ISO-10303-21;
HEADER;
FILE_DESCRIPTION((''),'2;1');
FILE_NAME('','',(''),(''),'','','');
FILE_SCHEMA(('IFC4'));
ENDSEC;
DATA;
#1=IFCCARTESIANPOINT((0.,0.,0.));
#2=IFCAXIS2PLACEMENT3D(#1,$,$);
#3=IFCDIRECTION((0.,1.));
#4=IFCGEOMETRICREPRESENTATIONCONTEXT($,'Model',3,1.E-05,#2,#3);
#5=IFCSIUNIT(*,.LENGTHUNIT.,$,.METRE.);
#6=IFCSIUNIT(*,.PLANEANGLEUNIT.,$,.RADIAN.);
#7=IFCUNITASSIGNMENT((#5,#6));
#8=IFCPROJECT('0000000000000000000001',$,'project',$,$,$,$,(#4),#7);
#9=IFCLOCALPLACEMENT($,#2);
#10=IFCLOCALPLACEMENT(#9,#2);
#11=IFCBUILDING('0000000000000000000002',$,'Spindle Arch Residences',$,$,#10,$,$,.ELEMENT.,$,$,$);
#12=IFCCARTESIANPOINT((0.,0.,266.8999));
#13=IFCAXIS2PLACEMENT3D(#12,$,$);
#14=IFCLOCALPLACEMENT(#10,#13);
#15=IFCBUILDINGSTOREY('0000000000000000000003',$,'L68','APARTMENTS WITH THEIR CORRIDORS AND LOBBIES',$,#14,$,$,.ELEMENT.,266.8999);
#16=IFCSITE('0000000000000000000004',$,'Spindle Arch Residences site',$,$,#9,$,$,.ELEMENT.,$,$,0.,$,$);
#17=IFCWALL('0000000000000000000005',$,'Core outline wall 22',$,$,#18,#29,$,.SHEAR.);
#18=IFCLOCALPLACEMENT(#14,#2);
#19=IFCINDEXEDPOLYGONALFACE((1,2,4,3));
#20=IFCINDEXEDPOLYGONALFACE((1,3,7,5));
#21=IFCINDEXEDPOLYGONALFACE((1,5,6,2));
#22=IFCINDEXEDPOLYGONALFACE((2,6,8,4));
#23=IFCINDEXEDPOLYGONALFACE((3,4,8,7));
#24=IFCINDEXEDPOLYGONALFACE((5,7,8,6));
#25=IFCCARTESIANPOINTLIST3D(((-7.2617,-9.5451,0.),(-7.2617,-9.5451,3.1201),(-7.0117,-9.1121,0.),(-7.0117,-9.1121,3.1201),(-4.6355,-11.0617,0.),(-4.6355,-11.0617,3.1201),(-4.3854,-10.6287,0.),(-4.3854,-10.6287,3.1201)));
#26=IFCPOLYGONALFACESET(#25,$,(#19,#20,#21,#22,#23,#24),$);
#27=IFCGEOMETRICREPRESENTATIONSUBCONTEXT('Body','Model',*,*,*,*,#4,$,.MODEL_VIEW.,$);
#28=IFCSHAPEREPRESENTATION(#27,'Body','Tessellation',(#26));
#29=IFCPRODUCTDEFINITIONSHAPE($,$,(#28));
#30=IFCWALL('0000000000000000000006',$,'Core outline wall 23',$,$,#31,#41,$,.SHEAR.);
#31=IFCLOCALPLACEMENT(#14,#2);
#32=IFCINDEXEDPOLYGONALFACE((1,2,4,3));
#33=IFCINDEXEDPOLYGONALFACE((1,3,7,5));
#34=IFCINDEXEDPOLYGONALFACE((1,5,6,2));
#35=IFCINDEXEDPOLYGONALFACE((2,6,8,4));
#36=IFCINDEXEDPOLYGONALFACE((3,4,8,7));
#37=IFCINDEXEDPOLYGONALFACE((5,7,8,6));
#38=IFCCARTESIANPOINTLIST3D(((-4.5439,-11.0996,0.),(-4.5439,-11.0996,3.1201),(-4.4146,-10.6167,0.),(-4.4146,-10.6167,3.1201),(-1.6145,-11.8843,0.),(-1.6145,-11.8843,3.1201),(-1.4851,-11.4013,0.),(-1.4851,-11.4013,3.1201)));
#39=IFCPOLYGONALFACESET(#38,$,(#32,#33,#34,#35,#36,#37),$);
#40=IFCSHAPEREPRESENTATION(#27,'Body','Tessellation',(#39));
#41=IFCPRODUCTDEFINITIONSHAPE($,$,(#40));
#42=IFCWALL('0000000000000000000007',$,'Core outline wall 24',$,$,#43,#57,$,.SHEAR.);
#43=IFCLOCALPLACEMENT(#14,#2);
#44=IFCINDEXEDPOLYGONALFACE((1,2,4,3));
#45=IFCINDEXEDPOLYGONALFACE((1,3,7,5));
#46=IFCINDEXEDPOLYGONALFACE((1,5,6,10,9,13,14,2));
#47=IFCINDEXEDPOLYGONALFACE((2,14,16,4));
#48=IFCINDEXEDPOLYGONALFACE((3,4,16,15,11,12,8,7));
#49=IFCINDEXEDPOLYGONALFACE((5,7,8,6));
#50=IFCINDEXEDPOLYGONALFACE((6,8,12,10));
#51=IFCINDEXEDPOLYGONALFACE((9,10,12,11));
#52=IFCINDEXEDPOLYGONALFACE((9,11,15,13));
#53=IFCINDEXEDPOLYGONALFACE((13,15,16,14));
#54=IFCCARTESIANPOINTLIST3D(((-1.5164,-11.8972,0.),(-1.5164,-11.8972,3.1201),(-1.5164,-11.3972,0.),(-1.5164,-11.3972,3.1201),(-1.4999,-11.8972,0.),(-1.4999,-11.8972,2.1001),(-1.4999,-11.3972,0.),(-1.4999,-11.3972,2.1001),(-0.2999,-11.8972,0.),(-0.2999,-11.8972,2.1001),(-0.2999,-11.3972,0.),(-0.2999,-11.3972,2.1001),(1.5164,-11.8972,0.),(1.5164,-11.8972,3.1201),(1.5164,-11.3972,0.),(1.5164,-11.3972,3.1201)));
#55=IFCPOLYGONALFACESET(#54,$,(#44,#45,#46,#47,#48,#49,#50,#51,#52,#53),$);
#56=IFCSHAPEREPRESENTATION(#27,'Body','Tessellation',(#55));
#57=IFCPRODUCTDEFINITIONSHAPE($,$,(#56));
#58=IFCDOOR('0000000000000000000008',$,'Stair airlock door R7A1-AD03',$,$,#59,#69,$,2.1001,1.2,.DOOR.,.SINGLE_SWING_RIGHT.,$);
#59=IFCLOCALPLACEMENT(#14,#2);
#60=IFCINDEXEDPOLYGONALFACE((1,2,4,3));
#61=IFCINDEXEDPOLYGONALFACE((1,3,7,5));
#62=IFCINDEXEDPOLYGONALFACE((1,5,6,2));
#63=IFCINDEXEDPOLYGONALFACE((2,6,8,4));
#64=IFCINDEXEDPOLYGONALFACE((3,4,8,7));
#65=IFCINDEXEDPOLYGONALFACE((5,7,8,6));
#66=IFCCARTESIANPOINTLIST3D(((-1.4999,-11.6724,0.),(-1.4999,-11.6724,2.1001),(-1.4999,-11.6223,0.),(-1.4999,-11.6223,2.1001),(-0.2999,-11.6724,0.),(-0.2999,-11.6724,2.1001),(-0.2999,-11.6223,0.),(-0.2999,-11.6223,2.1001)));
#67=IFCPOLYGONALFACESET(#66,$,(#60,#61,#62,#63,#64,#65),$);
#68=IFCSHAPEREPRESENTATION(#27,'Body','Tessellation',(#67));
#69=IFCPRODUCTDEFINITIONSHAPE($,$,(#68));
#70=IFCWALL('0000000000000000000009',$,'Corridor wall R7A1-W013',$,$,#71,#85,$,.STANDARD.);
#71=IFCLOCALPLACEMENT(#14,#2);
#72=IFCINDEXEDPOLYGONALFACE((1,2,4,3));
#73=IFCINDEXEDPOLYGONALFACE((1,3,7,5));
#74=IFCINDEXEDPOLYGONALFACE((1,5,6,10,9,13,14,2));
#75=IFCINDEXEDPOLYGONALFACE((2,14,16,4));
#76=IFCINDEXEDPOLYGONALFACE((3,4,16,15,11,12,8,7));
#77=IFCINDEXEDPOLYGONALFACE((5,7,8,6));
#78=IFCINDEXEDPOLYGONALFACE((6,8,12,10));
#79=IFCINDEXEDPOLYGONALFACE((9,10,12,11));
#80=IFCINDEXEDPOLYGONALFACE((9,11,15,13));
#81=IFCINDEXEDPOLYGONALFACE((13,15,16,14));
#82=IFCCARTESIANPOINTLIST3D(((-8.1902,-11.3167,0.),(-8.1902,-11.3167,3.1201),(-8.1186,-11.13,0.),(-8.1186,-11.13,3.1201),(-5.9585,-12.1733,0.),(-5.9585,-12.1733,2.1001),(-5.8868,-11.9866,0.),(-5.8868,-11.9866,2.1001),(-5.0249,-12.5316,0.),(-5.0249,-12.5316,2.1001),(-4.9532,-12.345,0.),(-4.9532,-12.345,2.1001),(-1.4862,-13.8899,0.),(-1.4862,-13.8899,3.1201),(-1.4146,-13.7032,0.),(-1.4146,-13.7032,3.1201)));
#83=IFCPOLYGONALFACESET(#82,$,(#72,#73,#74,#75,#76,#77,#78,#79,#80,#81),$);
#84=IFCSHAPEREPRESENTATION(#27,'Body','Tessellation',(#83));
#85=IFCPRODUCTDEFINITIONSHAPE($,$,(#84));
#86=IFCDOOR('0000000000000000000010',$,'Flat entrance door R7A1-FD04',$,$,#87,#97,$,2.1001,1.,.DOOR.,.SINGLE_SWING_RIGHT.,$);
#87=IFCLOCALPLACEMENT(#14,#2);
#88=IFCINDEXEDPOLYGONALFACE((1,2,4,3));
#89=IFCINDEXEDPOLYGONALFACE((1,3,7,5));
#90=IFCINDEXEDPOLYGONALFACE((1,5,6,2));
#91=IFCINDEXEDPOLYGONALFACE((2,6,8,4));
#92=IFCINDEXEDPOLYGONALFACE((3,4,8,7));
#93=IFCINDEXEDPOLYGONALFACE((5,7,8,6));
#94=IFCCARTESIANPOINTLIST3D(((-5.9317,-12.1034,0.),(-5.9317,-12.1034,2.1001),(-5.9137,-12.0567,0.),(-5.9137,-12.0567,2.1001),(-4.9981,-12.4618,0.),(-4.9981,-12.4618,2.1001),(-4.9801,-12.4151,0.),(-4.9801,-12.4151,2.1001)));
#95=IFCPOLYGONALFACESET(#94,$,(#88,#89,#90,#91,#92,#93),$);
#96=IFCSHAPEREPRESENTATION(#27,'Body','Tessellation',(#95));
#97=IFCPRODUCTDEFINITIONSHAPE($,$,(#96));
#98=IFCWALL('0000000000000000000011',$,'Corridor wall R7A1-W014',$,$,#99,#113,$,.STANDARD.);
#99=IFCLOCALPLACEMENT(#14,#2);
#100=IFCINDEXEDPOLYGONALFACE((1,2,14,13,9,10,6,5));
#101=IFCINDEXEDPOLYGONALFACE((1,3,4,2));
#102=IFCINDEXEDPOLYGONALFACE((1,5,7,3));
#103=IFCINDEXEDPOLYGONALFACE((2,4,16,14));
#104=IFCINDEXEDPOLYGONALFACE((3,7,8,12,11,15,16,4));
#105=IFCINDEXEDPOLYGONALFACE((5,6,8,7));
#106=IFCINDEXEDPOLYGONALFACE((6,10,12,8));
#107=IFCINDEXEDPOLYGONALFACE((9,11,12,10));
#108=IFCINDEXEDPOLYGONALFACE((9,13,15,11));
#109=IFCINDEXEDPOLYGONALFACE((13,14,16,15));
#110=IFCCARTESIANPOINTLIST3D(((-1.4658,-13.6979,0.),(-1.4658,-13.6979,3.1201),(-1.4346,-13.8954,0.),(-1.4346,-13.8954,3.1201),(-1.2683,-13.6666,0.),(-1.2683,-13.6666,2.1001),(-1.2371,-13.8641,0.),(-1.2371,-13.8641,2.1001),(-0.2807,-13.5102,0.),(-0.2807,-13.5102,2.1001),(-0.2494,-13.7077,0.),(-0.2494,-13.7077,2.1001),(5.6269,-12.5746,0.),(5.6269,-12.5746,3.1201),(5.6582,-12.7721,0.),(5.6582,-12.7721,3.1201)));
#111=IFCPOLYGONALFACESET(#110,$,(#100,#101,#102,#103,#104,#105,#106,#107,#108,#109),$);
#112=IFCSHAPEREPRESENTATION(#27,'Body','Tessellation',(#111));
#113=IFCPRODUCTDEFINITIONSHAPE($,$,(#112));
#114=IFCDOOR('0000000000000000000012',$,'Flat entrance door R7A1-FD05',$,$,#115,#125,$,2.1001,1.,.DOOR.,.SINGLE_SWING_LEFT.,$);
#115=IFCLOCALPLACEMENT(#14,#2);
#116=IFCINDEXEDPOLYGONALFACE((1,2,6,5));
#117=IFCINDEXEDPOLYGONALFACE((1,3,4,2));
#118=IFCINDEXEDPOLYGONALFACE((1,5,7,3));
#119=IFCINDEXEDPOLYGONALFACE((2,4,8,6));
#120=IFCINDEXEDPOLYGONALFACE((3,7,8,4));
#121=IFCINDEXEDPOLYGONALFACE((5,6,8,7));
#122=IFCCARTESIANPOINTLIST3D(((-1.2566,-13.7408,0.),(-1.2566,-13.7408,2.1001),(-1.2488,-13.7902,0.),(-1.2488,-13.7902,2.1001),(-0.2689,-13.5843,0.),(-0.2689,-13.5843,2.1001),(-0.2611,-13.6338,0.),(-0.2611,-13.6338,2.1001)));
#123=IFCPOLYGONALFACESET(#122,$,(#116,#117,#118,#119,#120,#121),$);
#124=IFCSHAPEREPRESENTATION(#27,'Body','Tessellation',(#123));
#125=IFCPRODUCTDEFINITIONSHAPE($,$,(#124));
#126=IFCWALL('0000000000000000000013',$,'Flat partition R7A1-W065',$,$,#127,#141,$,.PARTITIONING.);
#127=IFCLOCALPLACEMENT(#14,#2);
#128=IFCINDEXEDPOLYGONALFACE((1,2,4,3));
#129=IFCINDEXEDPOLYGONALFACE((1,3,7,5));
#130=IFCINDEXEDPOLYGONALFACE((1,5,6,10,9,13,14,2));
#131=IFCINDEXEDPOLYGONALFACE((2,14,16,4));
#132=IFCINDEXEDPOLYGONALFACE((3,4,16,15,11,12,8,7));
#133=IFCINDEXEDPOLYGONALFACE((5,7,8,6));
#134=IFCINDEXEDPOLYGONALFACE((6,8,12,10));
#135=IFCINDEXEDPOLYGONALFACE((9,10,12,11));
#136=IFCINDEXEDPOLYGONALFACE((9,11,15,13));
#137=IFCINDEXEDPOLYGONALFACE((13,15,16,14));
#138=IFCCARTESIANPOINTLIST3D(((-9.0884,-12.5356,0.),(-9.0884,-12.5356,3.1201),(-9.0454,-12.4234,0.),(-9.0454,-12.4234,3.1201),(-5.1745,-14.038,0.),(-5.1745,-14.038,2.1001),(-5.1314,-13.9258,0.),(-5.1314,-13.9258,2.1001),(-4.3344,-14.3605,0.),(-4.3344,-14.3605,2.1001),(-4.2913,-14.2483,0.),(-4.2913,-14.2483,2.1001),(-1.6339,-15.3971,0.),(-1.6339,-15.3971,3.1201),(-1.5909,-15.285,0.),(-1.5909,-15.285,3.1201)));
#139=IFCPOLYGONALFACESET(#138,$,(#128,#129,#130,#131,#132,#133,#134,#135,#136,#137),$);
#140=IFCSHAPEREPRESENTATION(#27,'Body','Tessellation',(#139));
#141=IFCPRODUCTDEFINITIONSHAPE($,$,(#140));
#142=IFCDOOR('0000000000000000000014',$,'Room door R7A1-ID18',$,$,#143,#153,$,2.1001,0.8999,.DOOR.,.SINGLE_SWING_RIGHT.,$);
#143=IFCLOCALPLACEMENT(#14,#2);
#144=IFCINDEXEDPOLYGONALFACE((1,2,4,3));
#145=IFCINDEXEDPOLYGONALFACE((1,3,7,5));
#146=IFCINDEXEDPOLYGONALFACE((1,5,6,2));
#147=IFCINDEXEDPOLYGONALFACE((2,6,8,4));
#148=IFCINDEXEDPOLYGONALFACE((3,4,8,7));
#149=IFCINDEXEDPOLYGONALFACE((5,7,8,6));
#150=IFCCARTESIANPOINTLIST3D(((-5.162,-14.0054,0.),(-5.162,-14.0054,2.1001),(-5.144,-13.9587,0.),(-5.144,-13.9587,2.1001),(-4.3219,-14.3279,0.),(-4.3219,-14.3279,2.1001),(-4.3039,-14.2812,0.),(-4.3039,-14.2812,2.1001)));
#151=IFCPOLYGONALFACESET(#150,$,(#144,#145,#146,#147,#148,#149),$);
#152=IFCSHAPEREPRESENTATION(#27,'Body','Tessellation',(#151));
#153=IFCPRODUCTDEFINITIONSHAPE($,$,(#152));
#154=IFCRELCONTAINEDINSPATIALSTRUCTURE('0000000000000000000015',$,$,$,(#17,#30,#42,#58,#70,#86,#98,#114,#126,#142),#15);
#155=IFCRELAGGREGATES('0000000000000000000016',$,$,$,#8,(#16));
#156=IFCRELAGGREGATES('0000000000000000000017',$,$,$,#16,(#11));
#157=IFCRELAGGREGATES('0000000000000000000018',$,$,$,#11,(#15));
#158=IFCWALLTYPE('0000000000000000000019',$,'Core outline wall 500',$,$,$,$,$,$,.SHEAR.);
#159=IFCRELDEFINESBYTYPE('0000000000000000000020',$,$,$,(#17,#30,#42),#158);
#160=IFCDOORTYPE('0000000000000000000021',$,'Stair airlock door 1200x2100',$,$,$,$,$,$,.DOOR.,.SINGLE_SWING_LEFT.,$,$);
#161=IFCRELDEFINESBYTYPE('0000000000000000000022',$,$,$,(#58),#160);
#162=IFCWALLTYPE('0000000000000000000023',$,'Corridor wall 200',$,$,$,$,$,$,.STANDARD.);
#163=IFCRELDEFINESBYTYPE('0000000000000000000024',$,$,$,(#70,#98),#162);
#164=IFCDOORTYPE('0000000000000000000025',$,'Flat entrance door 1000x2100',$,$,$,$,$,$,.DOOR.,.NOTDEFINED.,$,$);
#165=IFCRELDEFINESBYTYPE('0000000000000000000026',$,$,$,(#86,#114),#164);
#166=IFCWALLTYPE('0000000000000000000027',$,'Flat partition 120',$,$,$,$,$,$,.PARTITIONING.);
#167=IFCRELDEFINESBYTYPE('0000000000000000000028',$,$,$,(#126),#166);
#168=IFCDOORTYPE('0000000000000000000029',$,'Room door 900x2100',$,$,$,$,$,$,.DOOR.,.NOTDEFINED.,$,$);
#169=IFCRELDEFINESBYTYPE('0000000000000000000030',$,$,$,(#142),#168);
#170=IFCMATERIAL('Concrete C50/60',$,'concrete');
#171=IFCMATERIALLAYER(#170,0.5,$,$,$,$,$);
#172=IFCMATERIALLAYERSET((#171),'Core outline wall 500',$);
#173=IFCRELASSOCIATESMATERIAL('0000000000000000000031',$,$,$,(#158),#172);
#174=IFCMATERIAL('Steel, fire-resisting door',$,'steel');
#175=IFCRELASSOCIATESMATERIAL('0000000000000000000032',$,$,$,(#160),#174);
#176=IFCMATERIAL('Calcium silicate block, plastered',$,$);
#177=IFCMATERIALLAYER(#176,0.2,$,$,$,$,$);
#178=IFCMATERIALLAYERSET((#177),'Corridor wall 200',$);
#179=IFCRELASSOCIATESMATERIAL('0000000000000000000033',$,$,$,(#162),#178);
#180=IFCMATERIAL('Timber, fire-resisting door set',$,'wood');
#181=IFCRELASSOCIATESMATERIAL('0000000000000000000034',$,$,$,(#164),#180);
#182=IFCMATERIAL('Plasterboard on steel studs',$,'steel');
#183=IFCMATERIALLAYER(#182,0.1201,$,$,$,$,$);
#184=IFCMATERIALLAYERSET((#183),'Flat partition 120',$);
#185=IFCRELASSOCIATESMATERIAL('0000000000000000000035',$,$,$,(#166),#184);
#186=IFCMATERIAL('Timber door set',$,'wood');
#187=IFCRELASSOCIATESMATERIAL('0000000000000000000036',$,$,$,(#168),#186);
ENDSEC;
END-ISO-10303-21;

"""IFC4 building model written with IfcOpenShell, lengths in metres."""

from ifc_helpers import new_model, si_unit, direction, frame, frame_2d, origin, place, context, subcontext, project, spatial, rectangle, extrude, material, layer, layer_set, type_object, element, fill, save


model = new_model("IFC4")

# Units and contexts
model_context = context("Model", 3, precision=1e-05, world=origin(), true_north=direction((0.0, 1.0)))
body_context = subcontext(model_context, "Body", "Model", "MODEL_VIEW")
ifc_project = project(units=[si_unit("LENGTHUNIT", "METRE"), si_unit("PLANEANGLEUNIT", "RADIAN")], contexts=[model_context])

# Site, building, storey
site_placement = place(None, origin())
site = spatial("IfcSite", under=ifc_project, at=site_placement, Name="Spindle Arch Residences site", CompositionType="ELEMENT", RefElevation=0.0)
building_placement = place(site_placement, origin())
building = spatial("IfcBuilding", under=site, at=building_placement, Name="Spindle Arch Residences", CompositionType="ELEMENT")
storey_placement = place(building_placement, frame((0.0, 0.0, 266.8999)))
storey = spatial("IfcBuildingStorey", under=building, at=storey_placement, Name="L68", Description="APARTMENTS WITH THEIR CORRIDORS AND LOBBIES", CompositionType="ELEMENT", Elevation=266.8999)

# Walls
ifc_material_1 = material(Name="Concrete C50/60", Category="concrete")
ifc_layer_1 = layer(ifc_material_1, 0.5)
ifc_layer_set_1 = layer_set([ifc_layer_1], Name="Core outline wall 500")
wall_type_1 = type_object("IfcWallType", Name="Core outline wall 500", PredefinedType="SHEAR", material=ifc_layer_set_1)
for number, where, z_axis, x_axis, name in (
    (1, (-7.1367, -9.3286, 0.0), (0.0, 0.0, 1.0), (0.865975, -0.500087, 0.0), "Core outline wall 22"),
    (2, (-4.4792, -10.8582, 0.0), (0.0, 0.0, 1.0), (0.965948, -0.258735, 0.0), "Core outline wall 23"),
):
    element("IfcWall", number, at=place(storey_placement, frame(where, z_axis=z_axis, x_axis=x_axis)), inside=storey, type_object=wall_type_1, Name=name, PredefinedType="SHEAR", context=body_context, shape_type="SweptSolid", body=[
        extrude(rectangle(XDim=3.0327, YDim=0.5, at=frame_2d((1.5164, 0.0))), origin(), (0.0, 0.0, 1.0), 3.1201),
    ])

# Walls, openings, doors
wall_1_placement = place(storey_placement, frame((-1.5164, -11.6472, 0.0), z_axis=(0.0, 0.0, 1.0), x_axis=(1.0, 0.0, 0.0)))
wall_1 = element("IfcWall", 3, at=wall_1_placement, inside=storey, type_object=wall_type_1, Name="Core outline wall 24", PredefinedType="SHEAR", context=body_context, shape_type="SweptSolid", body=[
    extrude(rectangle(XDim=3.0327, YDim=0.5, at=frame_2d((1.5164, 0.0))), origin(), (0.0, 0.0, 1.0), 3.1201),
])
opening_1_placement = place(wall_1_placement, frame((0.0164, 0.0, 0.0)))
opening_1 = element("IfcOpeningElement", 4, at=opening_1_placement, cuts=wall_1, PredefinedType="OPENING", context=body_context, shape_type="SweptSolid", body=[
    extrude(rectangle(XDim=1.2, YDim=2.1001, at=frame_2d((0.6001, 1.05))), frame((0.0, 0.26, 0.0), z_axis=(0.0, -1.0, 0.0), x_axis=(1.0, 0.0, 0.0)), (0.0, 0.0, 1.0), 0.52),
])
ifc_material_2 = material(Name="Steel, fire-resisting door", Category="steel")
door_type_1 = type_object("IfcDoorType", Name="Stair airlock door 1200x2100", OperationType="SINGLE_SWING_LEFT", PredefinedType="DOOR", material=ifc_material_2)
door_1_placement = place(opening_1_placement, origin())
door_1 = element("IfcDoor", 5, at=door_1_placement, inside=storey, type_object=door_type_1, Name="Stair airlock door R7A1-AD03", OperationType="SINGLE_SWING_RIGHT", OverallHeight=2.1001, OverallWidth=1.2, PredefinedType="DOOR", context=body_context, shape_type="SweptSolid", body=[
    extrude(rectangle(XDim=1.2, YDim=2.1001, at=frame_2d((0.6001, 1.05))), frame((0.0, 0.0249, 0.0), z_axis=(0.0, -1.0, 0.0), x_axis=(1.0, 0.0, 0.0)), (0.0, 0.0, 1.0), 0.05),
])
fill(opening_1, door_1)
ifc_material_3 = material(Name="Calcium silicate block, plastered")
ifc_layer_2 = layer(ifc_material_3, 0.2)
ifc_layer_set_2 = layer_set([ifc_layer_2], Name="Corridor wall 200")
wall_type_2 = type_object("IfcWallType", Name="Corridor wall 200", PredefinedType="STANDARD", material=ifc_layer_set_2)
wall_2_placement = place(storey_placement, frame((-8.1543, -11.2234, 0.0), z_axis=(0.0, 0.0, 1.0), x_axis=(0.933591, -0.358341, 0.0)))
wall_2 = element("IfcWall", 6, at=wall_2_placement, inside=storey, type_object=wall_type_2, Name="Corridor wall R7A1-W013", PredefinedType="STANDARD", context=body_context, shape_type="SweptSolid", body=[
    extrude(rectangle(XDim=7.1809, YDim=0.2, at=frame_2d((3.5903, 0.0))), origin(), (0.0, 0.0, 1.0), 3.1201),
])
opening_2_placement = place(wall_2_placement, frame((2.3904, 0.0, 0.0)))
opening_2 = element("IfcOpeningElement", 7, at=opening_2_placement, cuts=wall_2, PredefinedType="OPENING", context=body_context, shape_type="SweptSolid", body=[
    extrude(rectangle(XDim=1.0, YDim=2.1001, at=frame_2d((0.5, 1.05))), frame((0.0, 0.1099, 0.0), z_axis=(0.0, -1.0, 0.0), x_axis=(1.0, 0.0, 0.0)), (0.0, 0.0, 1.0), 0.22),
])
ifc_material_4 = material(Name="Timber, fire-resisting door set", Category="wood")
door_type_2 = type_object("IfcDoorType", Name="Flat entrance door 1000x2100", OperationType="NOTDEFINED", PredefinedType="DOOR", material=ifc_material_4)
door_2_placement = place(opening_2_placement, origin())
door_2 = element("IfcDoor", 8, at=door_2_placement, inside=storey, type_object=door_type_2, Name="Flat entrance door R7A1-FD04", OperationType="SINGLE_SWING_RIGHT", OverallHeight=2.1001, OverallWidth=1.0, PredefinedType="DOOR", context=body_context, shape_type="SweptSolid", body=[
    extrude(rectangle(XDim=1.0, YDim=2.1001, at=frame_2d((0.5, 1.05))), frame((0.0, 0.0249, 0.0), z_axis=(0.0, -1.0, 0.0), x_axis=(1.0, 0.0, 0.0)), (0.0, 0.0, 1.0), 0.05),
])
fill(opening_2, door_2)
wall_3_placement = place(storey_placement, frame((-1.4502, -13.7966, 0.0), z_axis=(0.0, 0.0, 1.0), x_axis=(0.98769, 0.156422, 0.0)))
wall_3 = element("IfcWall", 9, at=wall_3_placement, inside=storey, type_object=wall_type_2, Name="Corridor wall R7A1-W014", PredefinedType="STANDARD", context=body_context, shape_type="SweptSolid", body=[
    extrude(rectangle(XDim=7.1812, YDim=0.2, at=frame_2d((3.5906, 0.0))), origin(), (0.0, 0.0, 1.0), 3.1201),
])
opening_3_placement = place(wall_3_placement, frame((0.2, 0.0, 0.0)))
opening_3 = element("IfcOpeningElement", 10, at=opening_3_placement, cuts=wall_3, PredefinedType="OPENING", context=body_context, shape_type="SweptSolid", body=[
    extrude(rectangle(XDim=1.0, YDim=2.1001, at=frame_2d((0.5, 1.05))), frame((0.0, 0.1099, 0.0), z_axis=(0.0, -1.0, 0.0), x_axis=(1.0, 0.0, 0.0)), (0.0, 0.0, 1.0), 0.22),
])
door_3_placement = place(opening_3_placement, origin())
door_3 = element("IfcDoor", 11, at=door_3_placement, inside=storey, type_object=door_type_2, Name="Flat entrance door R7A1-FD05", OperationType="SINGLE_SWING_LEFT", OverallHeight=2.1001, OverallWidth=1.0, PredefinedType="DOOR", context=body_context, shape_type="SweptSolid", body=[
    extrude(rectangle(XDim=1.0, YDim=2.1001, at=frame_2d((0.5, 1.05))), frame((0.0, 0.0249, 0.0), z_axis=(0.0, -1.0, 0.0), x_axis=(1.0, 0.0, 0.0)), (0.0, 0.0, 1.0), 0.05),
])
fill(opening_3, door_3)
ifc_material_5 = material(Name="Plasterboard on steel studs", Category="steel")
ifc_layer_3 = layer(ifc_material_5, 0.1201)
ifc_layer_set_3 = layer_set([ifc_layer_3], Name="Flat partition 120")
wall_type_3 = type_object("IfcWallType", Name="Flat partition 120", PredefinedType="PARTITIONING", material=ifc_layer_set_3)
wall_4_placement = place(storey_placement, frame((-9.0669, -12.4795, 0.0), z_axis=(0.0, 0.0, 1.0), x_axis=(0.933579, -0.35837, 0.0)))
wall_4 = element("IfcWall", 12, at=wall_4_placement, inside=storey, type_object=wall_type_3, Name="Flat partition R7A1-W065", PredefinedType="PARTITIONING", context=body_context, shape_type="SweptSolid", body=[
    extrude(rectangle(XDim=7.9849, YDim=0.1201, at=frame_2d((3.9924, 0.0))), origin(), (0.0, 0.0, 1.0), 3.1201),
])
opening_4_placement = place(wall_4_placement, frame((4.1924, 0.0, 0.0)))
opening_4 = element("IfcOpeningElement", 13, at=opening_4_placement, cuts=wall_4, PredefinedType="OPENING", context=body_context, shape_type="SweptSolid", body=[
    extrude(rectangle(XDim=0.8999, YDim=2.1001, at=frame_2d((0.45, 1.05))), frame((0.0, 0.0701, 0.0), z_axis=(0.0, -1.0, 0.0), x_axis=(1.0, 0.0, 0.0)), (0.0, 0.0, 1.0), 0.1401),
])
ifc_material_6 = material(Name="Timber door set", Category="wood")
door_type_3 = type_object("IfcDoorType", Name="Room door 900x2100", OperationType="NOTDEFINED", PredefinedType="DOOR", material=ifc_material_6)
door_4_placement = place(opening_4_placement, origin())
door_4 = element("IfcDoor", 14, at=door_4_placement, inside=storey, type_object=door_type_3, Name="Room door R7A1-ID18", OperationType="SINGLE_SWING_RIGHT", OverallHeight=2.1001, OverallWidth=0.8999, PredefinedType="DOOR", context=body_context, shape_type="SweptSolid", body=[
    extrude(rectangle(XDim=0.8999, YDim=2.1001, at=frame_2d((0.45, 1.05))), frame((0.0, 0.0249, 0.0), z_axis=(0.0, -1.0, 0.0), x_axis=(1.0, 0.0, 0.0)), (0.0, 0.0, 1.0), 0.05),
])
fill(opening_4, door_4)

save(model, "model.ifc")
